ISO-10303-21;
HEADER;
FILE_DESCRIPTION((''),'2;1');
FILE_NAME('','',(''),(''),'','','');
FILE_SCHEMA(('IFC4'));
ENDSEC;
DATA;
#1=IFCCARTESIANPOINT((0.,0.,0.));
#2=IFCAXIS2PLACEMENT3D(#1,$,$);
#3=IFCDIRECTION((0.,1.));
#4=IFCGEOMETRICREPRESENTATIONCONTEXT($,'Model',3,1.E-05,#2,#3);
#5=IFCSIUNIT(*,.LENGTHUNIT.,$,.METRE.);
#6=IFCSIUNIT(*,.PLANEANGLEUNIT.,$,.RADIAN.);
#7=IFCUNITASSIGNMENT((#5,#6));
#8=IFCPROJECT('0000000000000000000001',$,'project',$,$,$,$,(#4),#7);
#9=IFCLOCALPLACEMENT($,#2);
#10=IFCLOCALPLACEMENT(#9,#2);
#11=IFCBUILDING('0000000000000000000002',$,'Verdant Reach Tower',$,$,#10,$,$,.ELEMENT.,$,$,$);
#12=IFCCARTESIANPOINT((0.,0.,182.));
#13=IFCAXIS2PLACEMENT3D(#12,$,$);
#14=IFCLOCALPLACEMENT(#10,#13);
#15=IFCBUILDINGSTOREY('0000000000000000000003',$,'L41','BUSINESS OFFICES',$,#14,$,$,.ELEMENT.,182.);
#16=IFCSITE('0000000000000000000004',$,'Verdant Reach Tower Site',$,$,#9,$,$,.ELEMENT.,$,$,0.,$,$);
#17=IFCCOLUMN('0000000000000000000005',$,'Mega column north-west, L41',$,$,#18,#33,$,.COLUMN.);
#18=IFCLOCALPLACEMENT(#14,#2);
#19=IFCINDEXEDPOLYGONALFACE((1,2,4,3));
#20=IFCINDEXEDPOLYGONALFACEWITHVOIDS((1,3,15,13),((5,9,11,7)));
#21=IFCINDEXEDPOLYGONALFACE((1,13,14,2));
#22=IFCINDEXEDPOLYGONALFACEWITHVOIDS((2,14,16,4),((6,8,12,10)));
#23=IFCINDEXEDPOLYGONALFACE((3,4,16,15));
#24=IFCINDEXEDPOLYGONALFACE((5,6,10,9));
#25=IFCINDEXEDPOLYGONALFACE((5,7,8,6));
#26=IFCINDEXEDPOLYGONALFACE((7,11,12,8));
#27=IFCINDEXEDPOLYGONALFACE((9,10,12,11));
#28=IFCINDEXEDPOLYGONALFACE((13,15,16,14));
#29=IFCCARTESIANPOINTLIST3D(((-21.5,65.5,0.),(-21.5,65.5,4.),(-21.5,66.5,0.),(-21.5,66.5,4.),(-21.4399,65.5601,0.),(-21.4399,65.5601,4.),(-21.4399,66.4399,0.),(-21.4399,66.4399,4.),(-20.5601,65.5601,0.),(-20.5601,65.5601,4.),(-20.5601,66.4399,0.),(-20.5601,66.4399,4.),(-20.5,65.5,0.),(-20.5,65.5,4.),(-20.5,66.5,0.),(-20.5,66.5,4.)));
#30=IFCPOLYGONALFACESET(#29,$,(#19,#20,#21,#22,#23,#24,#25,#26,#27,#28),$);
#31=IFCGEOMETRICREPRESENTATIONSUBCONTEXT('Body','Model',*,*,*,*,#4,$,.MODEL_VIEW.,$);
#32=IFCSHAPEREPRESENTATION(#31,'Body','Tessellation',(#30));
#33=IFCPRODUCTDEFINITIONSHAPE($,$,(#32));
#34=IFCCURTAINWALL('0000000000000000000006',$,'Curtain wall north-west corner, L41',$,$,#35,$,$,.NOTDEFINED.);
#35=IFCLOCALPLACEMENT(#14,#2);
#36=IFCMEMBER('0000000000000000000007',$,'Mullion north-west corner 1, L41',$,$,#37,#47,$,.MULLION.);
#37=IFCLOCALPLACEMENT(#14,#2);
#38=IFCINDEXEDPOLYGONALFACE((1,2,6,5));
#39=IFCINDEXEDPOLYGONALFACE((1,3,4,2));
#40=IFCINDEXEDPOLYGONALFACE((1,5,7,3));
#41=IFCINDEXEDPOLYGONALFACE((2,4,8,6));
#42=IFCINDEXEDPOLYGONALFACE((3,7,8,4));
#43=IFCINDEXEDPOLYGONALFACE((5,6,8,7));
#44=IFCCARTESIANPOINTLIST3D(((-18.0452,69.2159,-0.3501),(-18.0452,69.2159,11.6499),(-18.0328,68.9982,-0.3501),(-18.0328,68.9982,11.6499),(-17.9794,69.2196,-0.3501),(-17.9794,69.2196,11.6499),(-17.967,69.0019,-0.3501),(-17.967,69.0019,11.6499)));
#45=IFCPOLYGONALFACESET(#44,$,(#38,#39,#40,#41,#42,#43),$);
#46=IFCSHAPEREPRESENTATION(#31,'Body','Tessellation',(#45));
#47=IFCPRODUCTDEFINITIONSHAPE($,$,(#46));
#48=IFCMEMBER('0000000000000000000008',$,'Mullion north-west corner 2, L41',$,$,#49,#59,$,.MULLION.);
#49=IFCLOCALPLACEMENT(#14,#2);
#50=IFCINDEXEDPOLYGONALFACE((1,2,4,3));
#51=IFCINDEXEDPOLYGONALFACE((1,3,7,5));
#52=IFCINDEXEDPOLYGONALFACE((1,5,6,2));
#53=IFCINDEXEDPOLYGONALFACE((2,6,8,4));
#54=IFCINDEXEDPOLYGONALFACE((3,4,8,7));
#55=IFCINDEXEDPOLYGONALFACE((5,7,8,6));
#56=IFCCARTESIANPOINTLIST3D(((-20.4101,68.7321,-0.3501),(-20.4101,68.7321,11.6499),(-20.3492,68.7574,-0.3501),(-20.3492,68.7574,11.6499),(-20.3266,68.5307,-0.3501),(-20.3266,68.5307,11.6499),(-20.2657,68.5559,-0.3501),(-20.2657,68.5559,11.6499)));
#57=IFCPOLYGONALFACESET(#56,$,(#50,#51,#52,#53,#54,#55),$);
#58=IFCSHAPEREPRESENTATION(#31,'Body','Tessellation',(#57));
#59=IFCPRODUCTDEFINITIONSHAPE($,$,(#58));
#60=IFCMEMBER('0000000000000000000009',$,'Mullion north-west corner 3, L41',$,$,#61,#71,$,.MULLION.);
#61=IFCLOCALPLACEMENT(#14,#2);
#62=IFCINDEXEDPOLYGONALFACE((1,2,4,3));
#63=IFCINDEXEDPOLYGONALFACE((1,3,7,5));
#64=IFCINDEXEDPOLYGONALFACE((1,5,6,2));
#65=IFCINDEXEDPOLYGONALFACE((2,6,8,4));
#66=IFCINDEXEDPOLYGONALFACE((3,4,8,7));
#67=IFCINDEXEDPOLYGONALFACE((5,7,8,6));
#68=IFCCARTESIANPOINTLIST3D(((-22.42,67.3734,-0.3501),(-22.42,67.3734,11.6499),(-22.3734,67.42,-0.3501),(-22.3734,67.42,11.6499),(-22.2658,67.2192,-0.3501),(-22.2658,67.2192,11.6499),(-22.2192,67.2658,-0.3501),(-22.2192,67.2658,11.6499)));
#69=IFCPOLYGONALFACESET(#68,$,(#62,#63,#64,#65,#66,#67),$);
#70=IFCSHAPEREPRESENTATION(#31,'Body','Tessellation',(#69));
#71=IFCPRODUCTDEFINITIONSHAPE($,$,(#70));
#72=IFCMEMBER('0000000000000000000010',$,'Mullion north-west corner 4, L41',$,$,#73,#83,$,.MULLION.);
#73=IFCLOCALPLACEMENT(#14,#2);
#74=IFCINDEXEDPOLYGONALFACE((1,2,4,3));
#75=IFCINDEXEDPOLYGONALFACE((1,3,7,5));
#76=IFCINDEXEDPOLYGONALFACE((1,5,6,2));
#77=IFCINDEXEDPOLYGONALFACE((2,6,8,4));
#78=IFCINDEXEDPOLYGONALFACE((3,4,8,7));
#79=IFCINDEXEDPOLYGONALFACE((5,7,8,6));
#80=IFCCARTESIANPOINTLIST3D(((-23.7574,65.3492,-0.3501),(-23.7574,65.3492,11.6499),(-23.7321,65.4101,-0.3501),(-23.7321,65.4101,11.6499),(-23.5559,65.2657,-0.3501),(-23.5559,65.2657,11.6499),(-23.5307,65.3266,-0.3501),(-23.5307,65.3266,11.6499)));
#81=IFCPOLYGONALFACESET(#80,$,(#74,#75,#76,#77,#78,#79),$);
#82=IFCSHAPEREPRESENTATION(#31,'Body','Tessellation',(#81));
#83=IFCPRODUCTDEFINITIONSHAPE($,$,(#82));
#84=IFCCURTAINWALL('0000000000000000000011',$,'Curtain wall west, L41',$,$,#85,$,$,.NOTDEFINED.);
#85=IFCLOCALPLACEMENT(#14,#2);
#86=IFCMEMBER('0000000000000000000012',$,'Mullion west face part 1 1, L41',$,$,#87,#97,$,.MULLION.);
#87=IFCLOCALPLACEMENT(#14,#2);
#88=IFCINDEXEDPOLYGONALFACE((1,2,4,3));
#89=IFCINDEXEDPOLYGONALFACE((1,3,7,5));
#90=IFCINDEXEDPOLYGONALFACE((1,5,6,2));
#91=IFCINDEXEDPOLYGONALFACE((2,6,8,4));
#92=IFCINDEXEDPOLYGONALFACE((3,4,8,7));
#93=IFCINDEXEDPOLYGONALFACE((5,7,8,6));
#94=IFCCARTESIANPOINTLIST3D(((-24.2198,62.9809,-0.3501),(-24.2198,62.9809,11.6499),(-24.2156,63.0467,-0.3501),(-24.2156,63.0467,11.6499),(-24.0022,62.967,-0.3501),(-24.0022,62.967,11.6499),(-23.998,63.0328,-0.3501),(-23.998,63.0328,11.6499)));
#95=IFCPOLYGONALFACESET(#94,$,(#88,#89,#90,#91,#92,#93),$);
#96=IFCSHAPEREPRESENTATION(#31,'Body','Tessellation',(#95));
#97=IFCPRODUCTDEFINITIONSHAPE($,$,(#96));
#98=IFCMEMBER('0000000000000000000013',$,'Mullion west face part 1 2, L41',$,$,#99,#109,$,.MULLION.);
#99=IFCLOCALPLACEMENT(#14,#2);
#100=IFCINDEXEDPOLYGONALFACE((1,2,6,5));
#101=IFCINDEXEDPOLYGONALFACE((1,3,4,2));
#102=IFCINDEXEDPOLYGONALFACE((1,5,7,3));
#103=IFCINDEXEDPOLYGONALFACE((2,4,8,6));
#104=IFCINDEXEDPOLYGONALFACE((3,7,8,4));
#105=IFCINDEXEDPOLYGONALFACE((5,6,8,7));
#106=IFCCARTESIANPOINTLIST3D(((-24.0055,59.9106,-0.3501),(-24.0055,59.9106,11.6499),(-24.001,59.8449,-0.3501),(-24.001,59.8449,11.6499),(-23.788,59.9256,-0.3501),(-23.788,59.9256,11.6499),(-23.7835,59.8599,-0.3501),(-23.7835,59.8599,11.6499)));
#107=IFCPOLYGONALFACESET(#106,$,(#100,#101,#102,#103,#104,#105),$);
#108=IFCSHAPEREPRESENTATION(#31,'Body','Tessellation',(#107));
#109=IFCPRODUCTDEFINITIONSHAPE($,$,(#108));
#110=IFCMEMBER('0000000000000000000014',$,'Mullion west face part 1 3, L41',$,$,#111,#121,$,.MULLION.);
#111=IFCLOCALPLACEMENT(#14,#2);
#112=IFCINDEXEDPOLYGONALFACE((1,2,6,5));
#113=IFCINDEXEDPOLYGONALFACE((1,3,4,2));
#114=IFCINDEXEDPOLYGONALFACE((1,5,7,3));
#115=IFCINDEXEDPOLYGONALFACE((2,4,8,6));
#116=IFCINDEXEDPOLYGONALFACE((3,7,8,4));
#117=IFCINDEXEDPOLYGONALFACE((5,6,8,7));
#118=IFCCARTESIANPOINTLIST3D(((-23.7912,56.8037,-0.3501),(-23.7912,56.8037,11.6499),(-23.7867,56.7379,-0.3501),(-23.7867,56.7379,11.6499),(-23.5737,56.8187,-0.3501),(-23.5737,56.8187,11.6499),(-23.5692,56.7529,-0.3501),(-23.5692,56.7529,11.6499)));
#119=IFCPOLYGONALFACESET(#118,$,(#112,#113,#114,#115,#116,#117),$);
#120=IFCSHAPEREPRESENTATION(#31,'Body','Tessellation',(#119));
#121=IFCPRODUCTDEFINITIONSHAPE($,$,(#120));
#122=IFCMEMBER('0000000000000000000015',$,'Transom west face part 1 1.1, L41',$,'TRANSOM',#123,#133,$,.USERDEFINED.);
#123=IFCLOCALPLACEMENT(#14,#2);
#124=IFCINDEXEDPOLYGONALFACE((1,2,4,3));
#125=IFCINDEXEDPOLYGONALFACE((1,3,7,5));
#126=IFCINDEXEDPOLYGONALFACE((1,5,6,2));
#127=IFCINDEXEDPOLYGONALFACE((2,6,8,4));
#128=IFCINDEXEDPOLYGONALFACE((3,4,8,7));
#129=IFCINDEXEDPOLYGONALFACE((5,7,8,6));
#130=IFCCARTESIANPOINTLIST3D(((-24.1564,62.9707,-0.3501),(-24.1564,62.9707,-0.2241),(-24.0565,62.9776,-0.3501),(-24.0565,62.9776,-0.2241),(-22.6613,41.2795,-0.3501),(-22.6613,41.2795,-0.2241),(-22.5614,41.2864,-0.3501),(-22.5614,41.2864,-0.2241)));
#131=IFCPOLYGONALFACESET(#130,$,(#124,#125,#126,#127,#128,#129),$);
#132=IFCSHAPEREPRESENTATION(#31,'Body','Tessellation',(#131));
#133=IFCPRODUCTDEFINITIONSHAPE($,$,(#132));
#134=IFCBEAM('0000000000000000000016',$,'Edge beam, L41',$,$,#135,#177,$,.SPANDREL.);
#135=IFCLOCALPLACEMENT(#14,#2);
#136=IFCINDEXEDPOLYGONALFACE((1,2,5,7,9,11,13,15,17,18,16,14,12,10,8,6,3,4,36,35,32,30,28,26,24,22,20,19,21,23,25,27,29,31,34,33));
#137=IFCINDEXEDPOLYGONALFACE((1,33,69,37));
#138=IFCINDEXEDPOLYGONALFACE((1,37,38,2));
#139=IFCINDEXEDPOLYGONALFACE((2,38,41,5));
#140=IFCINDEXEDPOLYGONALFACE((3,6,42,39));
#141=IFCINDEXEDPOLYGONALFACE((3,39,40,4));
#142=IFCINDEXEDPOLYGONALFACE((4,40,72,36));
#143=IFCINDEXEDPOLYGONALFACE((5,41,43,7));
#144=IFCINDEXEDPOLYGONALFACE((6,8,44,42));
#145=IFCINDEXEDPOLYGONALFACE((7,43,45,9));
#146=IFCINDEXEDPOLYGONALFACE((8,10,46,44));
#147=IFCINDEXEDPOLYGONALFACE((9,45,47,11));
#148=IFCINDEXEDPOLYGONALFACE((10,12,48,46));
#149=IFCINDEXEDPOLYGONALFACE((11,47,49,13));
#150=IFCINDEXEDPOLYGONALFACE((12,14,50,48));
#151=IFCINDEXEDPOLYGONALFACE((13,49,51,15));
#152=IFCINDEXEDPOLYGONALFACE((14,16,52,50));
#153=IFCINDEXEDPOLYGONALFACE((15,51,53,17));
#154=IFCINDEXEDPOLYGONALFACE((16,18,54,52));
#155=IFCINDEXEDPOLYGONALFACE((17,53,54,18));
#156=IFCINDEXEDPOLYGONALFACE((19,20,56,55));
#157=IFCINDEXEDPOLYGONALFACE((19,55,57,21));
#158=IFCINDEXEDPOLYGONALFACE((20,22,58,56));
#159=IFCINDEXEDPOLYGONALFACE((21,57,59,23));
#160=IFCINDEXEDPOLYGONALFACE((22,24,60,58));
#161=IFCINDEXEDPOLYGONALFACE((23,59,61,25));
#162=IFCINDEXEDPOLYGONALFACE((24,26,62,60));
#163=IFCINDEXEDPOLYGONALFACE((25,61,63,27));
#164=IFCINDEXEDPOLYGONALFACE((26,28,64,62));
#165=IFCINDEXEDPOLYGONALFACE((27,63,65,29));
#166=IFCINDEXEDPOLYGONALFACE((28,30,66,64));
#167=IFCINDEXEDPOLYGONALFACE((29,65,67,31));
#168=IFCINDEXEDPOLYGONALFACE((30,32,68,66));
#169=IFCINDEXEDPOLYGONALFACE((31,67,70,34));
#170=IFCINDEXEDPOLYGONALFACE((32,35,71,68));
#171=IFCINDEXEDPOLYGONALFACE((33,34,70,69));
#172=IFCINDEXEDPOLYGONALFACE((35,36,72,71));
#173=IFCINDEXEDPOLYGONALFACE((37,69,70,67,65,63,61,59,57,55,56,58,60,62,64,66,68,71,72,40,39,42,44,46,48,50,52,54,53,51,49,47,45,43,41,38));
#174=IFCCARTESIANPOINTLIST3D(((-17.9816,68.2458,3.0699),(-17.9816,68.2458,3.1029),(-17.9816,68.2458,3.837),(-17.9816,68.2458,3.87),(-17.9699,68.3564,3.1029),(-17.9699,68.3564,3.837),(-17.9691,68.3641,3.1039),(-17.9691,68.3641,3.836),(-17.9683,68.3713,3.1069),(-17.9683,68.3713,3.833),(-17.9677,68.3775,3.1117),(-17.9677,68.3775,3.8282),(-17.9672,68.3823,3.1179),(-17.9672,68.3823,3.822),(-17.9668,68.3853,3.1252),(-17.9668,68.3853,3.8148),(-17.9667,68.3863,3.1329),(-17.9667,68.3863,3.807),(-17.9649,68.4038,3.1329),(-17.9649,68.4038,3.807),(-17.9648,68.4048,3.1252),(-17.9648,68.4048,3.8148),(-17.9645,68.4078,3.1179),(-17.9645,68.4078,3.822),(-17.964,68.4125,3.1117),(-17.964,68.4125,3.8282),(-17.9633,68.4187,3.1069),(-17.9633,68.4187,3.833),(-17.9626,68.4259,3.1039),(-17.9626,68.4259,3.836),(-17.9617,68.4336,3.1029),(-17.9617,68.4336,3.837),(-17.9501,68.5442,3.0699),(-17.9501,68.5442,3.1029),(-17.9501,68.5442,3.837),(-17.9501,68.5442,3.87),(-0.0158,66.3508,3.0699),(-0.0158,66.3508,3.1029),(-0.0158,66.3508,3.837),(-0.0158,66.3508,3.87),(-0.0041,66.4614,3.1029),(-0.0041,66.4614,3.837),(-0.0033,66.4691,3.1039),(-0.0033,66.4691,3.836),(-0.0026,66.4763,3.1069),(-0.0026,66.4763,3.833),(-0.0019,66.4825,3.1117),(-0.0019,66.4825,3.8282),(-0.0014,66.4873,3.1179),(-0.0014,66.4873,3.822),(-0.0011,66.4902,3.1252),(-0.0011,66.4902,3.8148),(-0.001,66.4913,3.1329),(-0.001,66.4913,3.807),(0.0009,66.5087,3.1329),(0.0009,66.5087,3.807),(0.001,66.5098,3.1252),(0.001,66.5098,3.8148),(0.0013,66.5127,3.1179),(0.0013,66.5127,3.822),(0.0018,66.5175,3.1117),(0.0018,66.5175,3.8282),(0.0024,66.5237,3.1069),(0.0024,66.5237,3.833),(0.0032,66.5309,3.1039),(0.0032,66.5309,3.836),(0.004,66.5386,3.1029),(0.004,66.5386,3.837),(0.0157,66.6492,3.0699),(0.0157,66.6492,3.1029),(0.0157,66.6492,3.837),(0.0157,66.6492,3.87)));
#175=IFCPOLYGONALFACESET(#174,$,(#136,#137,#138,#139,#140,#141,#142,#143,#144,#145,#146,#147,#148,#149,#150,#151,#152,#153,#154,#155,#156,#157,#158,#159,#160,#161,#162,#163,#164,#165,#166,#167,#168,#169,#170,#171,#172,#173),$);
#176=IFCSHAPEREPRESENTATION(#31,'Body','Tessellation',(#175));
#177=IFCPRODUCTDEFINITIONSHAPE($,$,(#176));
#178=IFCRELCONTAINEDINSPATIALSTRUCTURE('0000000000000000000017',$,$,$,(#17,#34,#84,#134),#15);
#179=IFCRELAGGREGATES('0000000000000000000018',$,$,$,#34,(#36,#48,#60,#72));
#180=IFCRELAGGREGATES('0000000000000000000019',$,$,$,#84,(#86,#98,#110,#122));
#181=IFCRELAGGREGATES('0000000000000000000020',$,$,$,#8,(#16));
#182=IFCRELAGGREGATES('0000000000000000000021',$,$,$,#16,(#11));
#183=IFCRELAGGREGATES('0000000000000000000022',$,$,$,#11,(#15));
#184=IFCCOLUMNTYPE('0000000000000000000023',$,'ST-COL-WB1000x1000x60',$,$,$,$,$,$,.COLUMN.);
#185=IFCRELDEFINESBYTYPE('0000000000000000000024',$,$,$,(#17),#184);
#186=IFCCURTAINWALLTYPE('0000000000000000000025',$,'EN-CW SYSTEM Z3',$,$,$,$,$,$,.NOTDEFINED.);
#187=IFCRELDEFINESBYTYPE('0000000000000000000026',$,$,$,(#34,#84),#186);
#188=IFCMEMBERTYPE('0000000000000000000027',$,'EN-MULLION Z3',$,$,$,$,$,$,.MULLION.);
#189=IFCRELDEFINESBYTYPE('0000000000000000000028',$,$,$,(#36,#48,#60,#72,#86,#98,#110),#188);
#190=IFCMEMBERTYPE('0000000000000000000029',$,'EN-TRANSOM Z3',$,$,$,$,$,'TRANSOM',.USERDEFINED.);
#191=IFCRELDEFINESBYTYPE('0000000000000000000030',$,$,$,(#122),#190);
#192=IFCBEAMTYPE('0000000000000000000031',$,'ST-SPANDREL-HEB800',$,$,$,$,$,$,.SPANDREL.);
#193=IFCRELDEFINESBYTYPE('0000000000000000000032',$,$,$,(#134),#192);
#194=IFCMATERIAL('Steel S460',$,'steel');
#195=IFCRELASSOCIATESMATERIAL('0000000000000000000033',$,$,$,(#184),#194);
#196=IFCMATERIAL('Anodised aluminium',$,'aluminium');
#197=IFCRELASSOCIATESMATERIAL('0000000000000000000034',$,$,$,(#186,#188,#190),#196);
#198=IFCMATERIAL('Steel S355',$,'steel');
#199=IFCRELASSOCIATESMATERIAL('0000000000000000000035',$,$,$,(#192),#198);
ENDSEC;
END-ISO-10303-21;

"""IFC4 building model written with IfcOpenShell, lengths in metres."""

from ifc_helpers import new_model, si_unit, direction, frame, origin, origin_2d, place, context, subcontext, project, spatial, rectangle, hollow_rectangle, i_section, extrude, material, material_profile, profile_set, type_object, element, aggregate, save


model = new_model("IFC4")

# Units and contexts
model_context = context("Model", 3, precision=1e-05, world=origin(), true_north=direction((0.0, 1.0)))
body_context = subcontext(model_context, "Body", "Model", "MODEL_VIEW")
ifc_project = project(units=[si_unit("LENGTHUNIT", "METRE"), si_unit("PLANEANGLEUNIT", "RADIAN")], contexts=[model_context])

# Site, building, storey
site_placement = place(None, origin())
site = spatial("IfcSite", under=ifc_project, at=site_placement, Name="Verdant Reach Tower Site", CompositionType="ELEMENT", RefElevation=0.0)
building_placement = place(site_placement, origin())
building = spatial("IfcBuilding", under=site, at=building_placement, Name="Verdant Reach Tower", CompositionType="ELEMENT")
storey_placement = place(building_placement, frame((0.0, 0.0, 182.0)))
storey = spatial("IfcBuildingStorey", under=building, at=storey_placement, Name="L41", Description="BUSINESS OFFICES", CompositionType="ELEMENT", Elevation=182.0)

# Column
ifc_material_1 = material(Name="Steel S460", Category="steel")
ifc_material_profile_1 = material_profile(ifc_material_1, hollow_rectangle(XDim=1.0, YDim=1.0, WallThickness=0.0601, at=origin_2d()), Name="WB 1000x1000x60")
ifc_profile_set_1 = profile_set([ifc_material_profile_1], Name="Steel S460")
column_type = type_object("IfcColumnType", Name="ST-COL-WB1000x1000x60", PredefinedType="COLUMN", material=ifc_profile_set_1)
column_placement = place(storey_placement, frame((-21.0, 66.0, 0.0), z_axis=(0.0, 0.0, 1.0), x_axis=(1.0, 0.0, 0.0)))
element("IfcColumn", 1, at=column_placement, inside=storey, type_object=column_type, Name="Mega column north-west, L41", PredefinedType="COLUMN", context=body_context, shape_type="SweptSolid", body=[
    extrude(hollow_rectangle(XDim=1.0, YDim=1.0, WallThickness=0.0601, at=origin_2d()), origin(), (0.0, 0.0, 1.0), 4.0),
])

# Curtain walls, members
ifc_material_2 = material(Name="Anodised aluminium", Category="aluminium")
curtain_wall_type = type_object("IfcCurtainWallType", Name="EN-CW SYSTEM Z3", PredefinedType="NOTDEFINED", material=ifc_material_2)
curtain_wall_1_placement = place(storey_placement, origin())
curtain_wall_1 = element("IfcCurtainWall", 2, at=curtain_wall_1_placement, inside=storey, type_object=curtain_wall_type, Name="Curtain wall north-west corner, L41", PredefinedType="NOTDEFINED")
ifc_material_profile_2 = material_profile(ifc_material_2, rectangle(XDim=0.218, YDim=0.0659, at=origin_2d()), Name="Mullion 66x218")
ifc_profile_set_2 = profile_set([ifc_material_profile_2], Name="Anodised aluminium")
member_type_1 = type_object("IfcMemberType", Name="EN-MULLION Z3", PredefinedType="MULLION", material=ifc_profile_set_2)
member_1_placement = place(storey_placement, frame((-18.0061, 69.1089, -0.3501), z_axis=(0.0, 0.0, 1.0), x_axis=(-0.056569, 0.998399, 0.0)))
member_1 = element("IfcMember", 3, at=member_1_placement, type_object=member_type_1, Name="Mullion north-west corner 1, L41", PredefinedType="MULLION", context=body_context, shape_type="SweptSolid", body=[
    extrude(rectangle(XDim=0.218, YDim=0.0659, at=origin_2d()), origin(), (0.0, 0.0, 1.0), 12.0),
])
member_2_placement = place(storey_placement, frame((-20.3379, 68.644, -0.3501), z_axis=(0.0, 0.0, 1.0), x_axis=(-0.382694, 0.923875, 0.0)))
member_2 = element("IfcMember", 4, at=member_2_placement, type_object=member_type_1, Name="Mullion north-west corner 2, L41", PredefinedType="MULLION", context=body_context, shape_type="SweptSolid", body=[
    extrude(rectangle(XDim=0.218, YDim=0.0659, at=origin_2d()), origin(), (0.0, 0.0, 1.0), 12.0),
])
member_3_placement = place(storey_placement, frame((-22.3196, 67.3196, -0.3501), z_axis=(0.0, 0.0, 1.0), x_axis=(-0.707107, 0.707107, 0.0)))
member_3 = element("IfcMember", 5, at=member_3_placement, type_object=member_type_1, Name="Mullion north-west corner 3, L41", PredefinedType="MULLION", context=body_context, shape_type="SweptSolid", body=[
    extrude(rectangle(XDim=0.218, YDim=0.0659, at=origin_2d()), origin(), (0.0, 0.0, 1.0), 12.0),
])
member_4_placement = place(storey_placement, frame((-23.644, 65.3379, -0.3501), z_axis=(0.0, 0.0, 1.0), x_axis=(-0.923875, 0.382694, 0.0)))
member_4 = element("IfcMember", 6, at=member_4_placement, type_object=member_type_1, Name="Mullion north-west corner 4, L41", PredefinedType="MULLION", context=body_context, shape_type="SweptSolid", body=[
    extrude(rectangle(XDim=0.218, YDim=0.0659, at=origin_2d()), origin(), (0.0, 0.0, 1.0), 12.0),
])
curtain_wall_2_placement = place(storey_placement, origin())
curtain_wall_2 = element("IfcCurtainWall", 7, at=curtain_wall_2_placement, inside=storey, type_object=curtain_wall_type, Name="Curtain wall west, L41", PredefinedType="NOTDEFINED")
member_5_placement = place(storey_placement, frame((-24.1089, 63.0068, -0.3501), z_axis=(0.0, 0.0, 1.0), x_axis=(-0.997969, 0.063699, 0.0)))
member_5 = element("IfcMember", 8, at=member_5_placement, type_object=member_type_1, Name="Mullion west face part 1 1, L41", PredefinedType="MULLION", context=body_context, shape_type="SweptSolid", body=[
    extrude(rectangle(XDim=0.218, YDim=0.0659, at=origin_2d()), origin(), (0.0, 0.0, 1.0), 12.0),
])
member_6_placement = place(storey_placement, frame((-23.8945, 59.8853, -0.3501), z_axis=(0.0, 0.0, 1.0), x_axis=(-0.99763, -0.068802, 0.0)))
member_6 = element("IfcMember", 9, at=member_6_placement, type_object=member_type_1, Name="Mullion west face part 1 2, L41", PredefinedType="MULLION", context=body_context, shape_type="SweptSolid", body=[
    extrude(rectangle(XDim=0.218, YDim=0.0659, at=origin_2d()), origin(), (0.0, 0.0, 1.0), 12.0),
])
member_7_placement = place(storey_placement, frame((-23.6802, 56.7783, -0.3501), z_axis=(0.0, 0.0, 1.0), x_axis=(-0.99763, -0.068802, 0.0)))
member_7 = element("IfcMember", 10, at=member_7_placement, type_object=member_type_1, Name="Mullion west face part 1 3, L41", PredefinedType="MULLION", context=body_context, shape_type="SweptSolid", body=[
    extrude(rectangle(XDim=0.218, YDim=0.0659, at=origin_2d()), origin(), (0.0, 0.0, 1.0), 12.0),
])
ifc_material_profile_3 = material_profile(ifc_material_2, rectangle(XDim=0.1001, YDim=0.126, at=origin_2d()), Name="Transom 126x100")
ifc_profile_set_3 = profile_set([ifc_material_profile_3], Name="Anodised aluminium")
member_type_2 = type_object("IfcMemberType", Name="EN-TRANSOM Z3", ElementType="TRANSOM", PredefinedType="USERDEFINED", material=ifc_profile_set_3)
member_8_placement = place(storey_placement, frame((-24.1064, 62.9741, -0.2871), z_axis=(0.068764, -0.997633, 0.0), x_axis=(0.997633, 0.068764, 0.0)))
member_8 = element("IfcMember", 11, at=member_8_placement, type_object=member_type_2, Name="Transom west face part 1 1.1, L41", ObjectType="TRANSOM", PredefinedType="USERDEFINED", context=body_context, shape_type="SweptSolid", body=[
    extrude(rectangle(XDim=0.1001, YDim=0.126, at=origin_2d()), origin(), (0.0, 0.0, 1.0), 21.7427),
])

# Beam
ifc_material_3 = material(Name="Steel S355", Category="steel")
ifc_material_profile_4 = material_profile(ifc_material_3, i_section(OverallWidth=0.3, OverallDepth=0.8, WebThickness=0.0176, FlangeThickness=0.033, FilletRadius=0.03, at=origin_2d()), Name="HEB 800")
ifc_profile_set_4 = profile_set([ifc_material_profile_4], Name="Steel S355")
beam_type_1 = type_object("IfcBeamType", Name="ST-SPANDREL-HEB800", PredefinedType="SPANDREL", material=ifc_profile_set_4)
beam_1_placement = place(storey_placement, frame((-17.9658, 68.395, 3.47), z_axis=(0.994483, -0.104897, 0.0), x_axis=(0.104897, 0.994483, 0.0)))
element("IfcBeam", 12, at=beam_1_placement, inside=storey, type_object=beam_type_1, Name="Edge beam, L41", PredefinedType="SPANDREL", context=body_context, shape_type="SweptSolid", body=[
    extrude(i_section(OverallWidth=0.3, OverallDepth=0.8, WebThickness=0.0176, FlangeThickness=0.033, FilletRadius=0.03, at=origin_2d()), origin(), (0.0, 0.0, 1.0), 18.0654),
])

aggregate(curtain_wall_1, [member_1, member_2, member_3, member_4])
aggregate(curtain_wall_2, [member_5, member_6, member_7, member_8])

save(model, "model.ifc")
